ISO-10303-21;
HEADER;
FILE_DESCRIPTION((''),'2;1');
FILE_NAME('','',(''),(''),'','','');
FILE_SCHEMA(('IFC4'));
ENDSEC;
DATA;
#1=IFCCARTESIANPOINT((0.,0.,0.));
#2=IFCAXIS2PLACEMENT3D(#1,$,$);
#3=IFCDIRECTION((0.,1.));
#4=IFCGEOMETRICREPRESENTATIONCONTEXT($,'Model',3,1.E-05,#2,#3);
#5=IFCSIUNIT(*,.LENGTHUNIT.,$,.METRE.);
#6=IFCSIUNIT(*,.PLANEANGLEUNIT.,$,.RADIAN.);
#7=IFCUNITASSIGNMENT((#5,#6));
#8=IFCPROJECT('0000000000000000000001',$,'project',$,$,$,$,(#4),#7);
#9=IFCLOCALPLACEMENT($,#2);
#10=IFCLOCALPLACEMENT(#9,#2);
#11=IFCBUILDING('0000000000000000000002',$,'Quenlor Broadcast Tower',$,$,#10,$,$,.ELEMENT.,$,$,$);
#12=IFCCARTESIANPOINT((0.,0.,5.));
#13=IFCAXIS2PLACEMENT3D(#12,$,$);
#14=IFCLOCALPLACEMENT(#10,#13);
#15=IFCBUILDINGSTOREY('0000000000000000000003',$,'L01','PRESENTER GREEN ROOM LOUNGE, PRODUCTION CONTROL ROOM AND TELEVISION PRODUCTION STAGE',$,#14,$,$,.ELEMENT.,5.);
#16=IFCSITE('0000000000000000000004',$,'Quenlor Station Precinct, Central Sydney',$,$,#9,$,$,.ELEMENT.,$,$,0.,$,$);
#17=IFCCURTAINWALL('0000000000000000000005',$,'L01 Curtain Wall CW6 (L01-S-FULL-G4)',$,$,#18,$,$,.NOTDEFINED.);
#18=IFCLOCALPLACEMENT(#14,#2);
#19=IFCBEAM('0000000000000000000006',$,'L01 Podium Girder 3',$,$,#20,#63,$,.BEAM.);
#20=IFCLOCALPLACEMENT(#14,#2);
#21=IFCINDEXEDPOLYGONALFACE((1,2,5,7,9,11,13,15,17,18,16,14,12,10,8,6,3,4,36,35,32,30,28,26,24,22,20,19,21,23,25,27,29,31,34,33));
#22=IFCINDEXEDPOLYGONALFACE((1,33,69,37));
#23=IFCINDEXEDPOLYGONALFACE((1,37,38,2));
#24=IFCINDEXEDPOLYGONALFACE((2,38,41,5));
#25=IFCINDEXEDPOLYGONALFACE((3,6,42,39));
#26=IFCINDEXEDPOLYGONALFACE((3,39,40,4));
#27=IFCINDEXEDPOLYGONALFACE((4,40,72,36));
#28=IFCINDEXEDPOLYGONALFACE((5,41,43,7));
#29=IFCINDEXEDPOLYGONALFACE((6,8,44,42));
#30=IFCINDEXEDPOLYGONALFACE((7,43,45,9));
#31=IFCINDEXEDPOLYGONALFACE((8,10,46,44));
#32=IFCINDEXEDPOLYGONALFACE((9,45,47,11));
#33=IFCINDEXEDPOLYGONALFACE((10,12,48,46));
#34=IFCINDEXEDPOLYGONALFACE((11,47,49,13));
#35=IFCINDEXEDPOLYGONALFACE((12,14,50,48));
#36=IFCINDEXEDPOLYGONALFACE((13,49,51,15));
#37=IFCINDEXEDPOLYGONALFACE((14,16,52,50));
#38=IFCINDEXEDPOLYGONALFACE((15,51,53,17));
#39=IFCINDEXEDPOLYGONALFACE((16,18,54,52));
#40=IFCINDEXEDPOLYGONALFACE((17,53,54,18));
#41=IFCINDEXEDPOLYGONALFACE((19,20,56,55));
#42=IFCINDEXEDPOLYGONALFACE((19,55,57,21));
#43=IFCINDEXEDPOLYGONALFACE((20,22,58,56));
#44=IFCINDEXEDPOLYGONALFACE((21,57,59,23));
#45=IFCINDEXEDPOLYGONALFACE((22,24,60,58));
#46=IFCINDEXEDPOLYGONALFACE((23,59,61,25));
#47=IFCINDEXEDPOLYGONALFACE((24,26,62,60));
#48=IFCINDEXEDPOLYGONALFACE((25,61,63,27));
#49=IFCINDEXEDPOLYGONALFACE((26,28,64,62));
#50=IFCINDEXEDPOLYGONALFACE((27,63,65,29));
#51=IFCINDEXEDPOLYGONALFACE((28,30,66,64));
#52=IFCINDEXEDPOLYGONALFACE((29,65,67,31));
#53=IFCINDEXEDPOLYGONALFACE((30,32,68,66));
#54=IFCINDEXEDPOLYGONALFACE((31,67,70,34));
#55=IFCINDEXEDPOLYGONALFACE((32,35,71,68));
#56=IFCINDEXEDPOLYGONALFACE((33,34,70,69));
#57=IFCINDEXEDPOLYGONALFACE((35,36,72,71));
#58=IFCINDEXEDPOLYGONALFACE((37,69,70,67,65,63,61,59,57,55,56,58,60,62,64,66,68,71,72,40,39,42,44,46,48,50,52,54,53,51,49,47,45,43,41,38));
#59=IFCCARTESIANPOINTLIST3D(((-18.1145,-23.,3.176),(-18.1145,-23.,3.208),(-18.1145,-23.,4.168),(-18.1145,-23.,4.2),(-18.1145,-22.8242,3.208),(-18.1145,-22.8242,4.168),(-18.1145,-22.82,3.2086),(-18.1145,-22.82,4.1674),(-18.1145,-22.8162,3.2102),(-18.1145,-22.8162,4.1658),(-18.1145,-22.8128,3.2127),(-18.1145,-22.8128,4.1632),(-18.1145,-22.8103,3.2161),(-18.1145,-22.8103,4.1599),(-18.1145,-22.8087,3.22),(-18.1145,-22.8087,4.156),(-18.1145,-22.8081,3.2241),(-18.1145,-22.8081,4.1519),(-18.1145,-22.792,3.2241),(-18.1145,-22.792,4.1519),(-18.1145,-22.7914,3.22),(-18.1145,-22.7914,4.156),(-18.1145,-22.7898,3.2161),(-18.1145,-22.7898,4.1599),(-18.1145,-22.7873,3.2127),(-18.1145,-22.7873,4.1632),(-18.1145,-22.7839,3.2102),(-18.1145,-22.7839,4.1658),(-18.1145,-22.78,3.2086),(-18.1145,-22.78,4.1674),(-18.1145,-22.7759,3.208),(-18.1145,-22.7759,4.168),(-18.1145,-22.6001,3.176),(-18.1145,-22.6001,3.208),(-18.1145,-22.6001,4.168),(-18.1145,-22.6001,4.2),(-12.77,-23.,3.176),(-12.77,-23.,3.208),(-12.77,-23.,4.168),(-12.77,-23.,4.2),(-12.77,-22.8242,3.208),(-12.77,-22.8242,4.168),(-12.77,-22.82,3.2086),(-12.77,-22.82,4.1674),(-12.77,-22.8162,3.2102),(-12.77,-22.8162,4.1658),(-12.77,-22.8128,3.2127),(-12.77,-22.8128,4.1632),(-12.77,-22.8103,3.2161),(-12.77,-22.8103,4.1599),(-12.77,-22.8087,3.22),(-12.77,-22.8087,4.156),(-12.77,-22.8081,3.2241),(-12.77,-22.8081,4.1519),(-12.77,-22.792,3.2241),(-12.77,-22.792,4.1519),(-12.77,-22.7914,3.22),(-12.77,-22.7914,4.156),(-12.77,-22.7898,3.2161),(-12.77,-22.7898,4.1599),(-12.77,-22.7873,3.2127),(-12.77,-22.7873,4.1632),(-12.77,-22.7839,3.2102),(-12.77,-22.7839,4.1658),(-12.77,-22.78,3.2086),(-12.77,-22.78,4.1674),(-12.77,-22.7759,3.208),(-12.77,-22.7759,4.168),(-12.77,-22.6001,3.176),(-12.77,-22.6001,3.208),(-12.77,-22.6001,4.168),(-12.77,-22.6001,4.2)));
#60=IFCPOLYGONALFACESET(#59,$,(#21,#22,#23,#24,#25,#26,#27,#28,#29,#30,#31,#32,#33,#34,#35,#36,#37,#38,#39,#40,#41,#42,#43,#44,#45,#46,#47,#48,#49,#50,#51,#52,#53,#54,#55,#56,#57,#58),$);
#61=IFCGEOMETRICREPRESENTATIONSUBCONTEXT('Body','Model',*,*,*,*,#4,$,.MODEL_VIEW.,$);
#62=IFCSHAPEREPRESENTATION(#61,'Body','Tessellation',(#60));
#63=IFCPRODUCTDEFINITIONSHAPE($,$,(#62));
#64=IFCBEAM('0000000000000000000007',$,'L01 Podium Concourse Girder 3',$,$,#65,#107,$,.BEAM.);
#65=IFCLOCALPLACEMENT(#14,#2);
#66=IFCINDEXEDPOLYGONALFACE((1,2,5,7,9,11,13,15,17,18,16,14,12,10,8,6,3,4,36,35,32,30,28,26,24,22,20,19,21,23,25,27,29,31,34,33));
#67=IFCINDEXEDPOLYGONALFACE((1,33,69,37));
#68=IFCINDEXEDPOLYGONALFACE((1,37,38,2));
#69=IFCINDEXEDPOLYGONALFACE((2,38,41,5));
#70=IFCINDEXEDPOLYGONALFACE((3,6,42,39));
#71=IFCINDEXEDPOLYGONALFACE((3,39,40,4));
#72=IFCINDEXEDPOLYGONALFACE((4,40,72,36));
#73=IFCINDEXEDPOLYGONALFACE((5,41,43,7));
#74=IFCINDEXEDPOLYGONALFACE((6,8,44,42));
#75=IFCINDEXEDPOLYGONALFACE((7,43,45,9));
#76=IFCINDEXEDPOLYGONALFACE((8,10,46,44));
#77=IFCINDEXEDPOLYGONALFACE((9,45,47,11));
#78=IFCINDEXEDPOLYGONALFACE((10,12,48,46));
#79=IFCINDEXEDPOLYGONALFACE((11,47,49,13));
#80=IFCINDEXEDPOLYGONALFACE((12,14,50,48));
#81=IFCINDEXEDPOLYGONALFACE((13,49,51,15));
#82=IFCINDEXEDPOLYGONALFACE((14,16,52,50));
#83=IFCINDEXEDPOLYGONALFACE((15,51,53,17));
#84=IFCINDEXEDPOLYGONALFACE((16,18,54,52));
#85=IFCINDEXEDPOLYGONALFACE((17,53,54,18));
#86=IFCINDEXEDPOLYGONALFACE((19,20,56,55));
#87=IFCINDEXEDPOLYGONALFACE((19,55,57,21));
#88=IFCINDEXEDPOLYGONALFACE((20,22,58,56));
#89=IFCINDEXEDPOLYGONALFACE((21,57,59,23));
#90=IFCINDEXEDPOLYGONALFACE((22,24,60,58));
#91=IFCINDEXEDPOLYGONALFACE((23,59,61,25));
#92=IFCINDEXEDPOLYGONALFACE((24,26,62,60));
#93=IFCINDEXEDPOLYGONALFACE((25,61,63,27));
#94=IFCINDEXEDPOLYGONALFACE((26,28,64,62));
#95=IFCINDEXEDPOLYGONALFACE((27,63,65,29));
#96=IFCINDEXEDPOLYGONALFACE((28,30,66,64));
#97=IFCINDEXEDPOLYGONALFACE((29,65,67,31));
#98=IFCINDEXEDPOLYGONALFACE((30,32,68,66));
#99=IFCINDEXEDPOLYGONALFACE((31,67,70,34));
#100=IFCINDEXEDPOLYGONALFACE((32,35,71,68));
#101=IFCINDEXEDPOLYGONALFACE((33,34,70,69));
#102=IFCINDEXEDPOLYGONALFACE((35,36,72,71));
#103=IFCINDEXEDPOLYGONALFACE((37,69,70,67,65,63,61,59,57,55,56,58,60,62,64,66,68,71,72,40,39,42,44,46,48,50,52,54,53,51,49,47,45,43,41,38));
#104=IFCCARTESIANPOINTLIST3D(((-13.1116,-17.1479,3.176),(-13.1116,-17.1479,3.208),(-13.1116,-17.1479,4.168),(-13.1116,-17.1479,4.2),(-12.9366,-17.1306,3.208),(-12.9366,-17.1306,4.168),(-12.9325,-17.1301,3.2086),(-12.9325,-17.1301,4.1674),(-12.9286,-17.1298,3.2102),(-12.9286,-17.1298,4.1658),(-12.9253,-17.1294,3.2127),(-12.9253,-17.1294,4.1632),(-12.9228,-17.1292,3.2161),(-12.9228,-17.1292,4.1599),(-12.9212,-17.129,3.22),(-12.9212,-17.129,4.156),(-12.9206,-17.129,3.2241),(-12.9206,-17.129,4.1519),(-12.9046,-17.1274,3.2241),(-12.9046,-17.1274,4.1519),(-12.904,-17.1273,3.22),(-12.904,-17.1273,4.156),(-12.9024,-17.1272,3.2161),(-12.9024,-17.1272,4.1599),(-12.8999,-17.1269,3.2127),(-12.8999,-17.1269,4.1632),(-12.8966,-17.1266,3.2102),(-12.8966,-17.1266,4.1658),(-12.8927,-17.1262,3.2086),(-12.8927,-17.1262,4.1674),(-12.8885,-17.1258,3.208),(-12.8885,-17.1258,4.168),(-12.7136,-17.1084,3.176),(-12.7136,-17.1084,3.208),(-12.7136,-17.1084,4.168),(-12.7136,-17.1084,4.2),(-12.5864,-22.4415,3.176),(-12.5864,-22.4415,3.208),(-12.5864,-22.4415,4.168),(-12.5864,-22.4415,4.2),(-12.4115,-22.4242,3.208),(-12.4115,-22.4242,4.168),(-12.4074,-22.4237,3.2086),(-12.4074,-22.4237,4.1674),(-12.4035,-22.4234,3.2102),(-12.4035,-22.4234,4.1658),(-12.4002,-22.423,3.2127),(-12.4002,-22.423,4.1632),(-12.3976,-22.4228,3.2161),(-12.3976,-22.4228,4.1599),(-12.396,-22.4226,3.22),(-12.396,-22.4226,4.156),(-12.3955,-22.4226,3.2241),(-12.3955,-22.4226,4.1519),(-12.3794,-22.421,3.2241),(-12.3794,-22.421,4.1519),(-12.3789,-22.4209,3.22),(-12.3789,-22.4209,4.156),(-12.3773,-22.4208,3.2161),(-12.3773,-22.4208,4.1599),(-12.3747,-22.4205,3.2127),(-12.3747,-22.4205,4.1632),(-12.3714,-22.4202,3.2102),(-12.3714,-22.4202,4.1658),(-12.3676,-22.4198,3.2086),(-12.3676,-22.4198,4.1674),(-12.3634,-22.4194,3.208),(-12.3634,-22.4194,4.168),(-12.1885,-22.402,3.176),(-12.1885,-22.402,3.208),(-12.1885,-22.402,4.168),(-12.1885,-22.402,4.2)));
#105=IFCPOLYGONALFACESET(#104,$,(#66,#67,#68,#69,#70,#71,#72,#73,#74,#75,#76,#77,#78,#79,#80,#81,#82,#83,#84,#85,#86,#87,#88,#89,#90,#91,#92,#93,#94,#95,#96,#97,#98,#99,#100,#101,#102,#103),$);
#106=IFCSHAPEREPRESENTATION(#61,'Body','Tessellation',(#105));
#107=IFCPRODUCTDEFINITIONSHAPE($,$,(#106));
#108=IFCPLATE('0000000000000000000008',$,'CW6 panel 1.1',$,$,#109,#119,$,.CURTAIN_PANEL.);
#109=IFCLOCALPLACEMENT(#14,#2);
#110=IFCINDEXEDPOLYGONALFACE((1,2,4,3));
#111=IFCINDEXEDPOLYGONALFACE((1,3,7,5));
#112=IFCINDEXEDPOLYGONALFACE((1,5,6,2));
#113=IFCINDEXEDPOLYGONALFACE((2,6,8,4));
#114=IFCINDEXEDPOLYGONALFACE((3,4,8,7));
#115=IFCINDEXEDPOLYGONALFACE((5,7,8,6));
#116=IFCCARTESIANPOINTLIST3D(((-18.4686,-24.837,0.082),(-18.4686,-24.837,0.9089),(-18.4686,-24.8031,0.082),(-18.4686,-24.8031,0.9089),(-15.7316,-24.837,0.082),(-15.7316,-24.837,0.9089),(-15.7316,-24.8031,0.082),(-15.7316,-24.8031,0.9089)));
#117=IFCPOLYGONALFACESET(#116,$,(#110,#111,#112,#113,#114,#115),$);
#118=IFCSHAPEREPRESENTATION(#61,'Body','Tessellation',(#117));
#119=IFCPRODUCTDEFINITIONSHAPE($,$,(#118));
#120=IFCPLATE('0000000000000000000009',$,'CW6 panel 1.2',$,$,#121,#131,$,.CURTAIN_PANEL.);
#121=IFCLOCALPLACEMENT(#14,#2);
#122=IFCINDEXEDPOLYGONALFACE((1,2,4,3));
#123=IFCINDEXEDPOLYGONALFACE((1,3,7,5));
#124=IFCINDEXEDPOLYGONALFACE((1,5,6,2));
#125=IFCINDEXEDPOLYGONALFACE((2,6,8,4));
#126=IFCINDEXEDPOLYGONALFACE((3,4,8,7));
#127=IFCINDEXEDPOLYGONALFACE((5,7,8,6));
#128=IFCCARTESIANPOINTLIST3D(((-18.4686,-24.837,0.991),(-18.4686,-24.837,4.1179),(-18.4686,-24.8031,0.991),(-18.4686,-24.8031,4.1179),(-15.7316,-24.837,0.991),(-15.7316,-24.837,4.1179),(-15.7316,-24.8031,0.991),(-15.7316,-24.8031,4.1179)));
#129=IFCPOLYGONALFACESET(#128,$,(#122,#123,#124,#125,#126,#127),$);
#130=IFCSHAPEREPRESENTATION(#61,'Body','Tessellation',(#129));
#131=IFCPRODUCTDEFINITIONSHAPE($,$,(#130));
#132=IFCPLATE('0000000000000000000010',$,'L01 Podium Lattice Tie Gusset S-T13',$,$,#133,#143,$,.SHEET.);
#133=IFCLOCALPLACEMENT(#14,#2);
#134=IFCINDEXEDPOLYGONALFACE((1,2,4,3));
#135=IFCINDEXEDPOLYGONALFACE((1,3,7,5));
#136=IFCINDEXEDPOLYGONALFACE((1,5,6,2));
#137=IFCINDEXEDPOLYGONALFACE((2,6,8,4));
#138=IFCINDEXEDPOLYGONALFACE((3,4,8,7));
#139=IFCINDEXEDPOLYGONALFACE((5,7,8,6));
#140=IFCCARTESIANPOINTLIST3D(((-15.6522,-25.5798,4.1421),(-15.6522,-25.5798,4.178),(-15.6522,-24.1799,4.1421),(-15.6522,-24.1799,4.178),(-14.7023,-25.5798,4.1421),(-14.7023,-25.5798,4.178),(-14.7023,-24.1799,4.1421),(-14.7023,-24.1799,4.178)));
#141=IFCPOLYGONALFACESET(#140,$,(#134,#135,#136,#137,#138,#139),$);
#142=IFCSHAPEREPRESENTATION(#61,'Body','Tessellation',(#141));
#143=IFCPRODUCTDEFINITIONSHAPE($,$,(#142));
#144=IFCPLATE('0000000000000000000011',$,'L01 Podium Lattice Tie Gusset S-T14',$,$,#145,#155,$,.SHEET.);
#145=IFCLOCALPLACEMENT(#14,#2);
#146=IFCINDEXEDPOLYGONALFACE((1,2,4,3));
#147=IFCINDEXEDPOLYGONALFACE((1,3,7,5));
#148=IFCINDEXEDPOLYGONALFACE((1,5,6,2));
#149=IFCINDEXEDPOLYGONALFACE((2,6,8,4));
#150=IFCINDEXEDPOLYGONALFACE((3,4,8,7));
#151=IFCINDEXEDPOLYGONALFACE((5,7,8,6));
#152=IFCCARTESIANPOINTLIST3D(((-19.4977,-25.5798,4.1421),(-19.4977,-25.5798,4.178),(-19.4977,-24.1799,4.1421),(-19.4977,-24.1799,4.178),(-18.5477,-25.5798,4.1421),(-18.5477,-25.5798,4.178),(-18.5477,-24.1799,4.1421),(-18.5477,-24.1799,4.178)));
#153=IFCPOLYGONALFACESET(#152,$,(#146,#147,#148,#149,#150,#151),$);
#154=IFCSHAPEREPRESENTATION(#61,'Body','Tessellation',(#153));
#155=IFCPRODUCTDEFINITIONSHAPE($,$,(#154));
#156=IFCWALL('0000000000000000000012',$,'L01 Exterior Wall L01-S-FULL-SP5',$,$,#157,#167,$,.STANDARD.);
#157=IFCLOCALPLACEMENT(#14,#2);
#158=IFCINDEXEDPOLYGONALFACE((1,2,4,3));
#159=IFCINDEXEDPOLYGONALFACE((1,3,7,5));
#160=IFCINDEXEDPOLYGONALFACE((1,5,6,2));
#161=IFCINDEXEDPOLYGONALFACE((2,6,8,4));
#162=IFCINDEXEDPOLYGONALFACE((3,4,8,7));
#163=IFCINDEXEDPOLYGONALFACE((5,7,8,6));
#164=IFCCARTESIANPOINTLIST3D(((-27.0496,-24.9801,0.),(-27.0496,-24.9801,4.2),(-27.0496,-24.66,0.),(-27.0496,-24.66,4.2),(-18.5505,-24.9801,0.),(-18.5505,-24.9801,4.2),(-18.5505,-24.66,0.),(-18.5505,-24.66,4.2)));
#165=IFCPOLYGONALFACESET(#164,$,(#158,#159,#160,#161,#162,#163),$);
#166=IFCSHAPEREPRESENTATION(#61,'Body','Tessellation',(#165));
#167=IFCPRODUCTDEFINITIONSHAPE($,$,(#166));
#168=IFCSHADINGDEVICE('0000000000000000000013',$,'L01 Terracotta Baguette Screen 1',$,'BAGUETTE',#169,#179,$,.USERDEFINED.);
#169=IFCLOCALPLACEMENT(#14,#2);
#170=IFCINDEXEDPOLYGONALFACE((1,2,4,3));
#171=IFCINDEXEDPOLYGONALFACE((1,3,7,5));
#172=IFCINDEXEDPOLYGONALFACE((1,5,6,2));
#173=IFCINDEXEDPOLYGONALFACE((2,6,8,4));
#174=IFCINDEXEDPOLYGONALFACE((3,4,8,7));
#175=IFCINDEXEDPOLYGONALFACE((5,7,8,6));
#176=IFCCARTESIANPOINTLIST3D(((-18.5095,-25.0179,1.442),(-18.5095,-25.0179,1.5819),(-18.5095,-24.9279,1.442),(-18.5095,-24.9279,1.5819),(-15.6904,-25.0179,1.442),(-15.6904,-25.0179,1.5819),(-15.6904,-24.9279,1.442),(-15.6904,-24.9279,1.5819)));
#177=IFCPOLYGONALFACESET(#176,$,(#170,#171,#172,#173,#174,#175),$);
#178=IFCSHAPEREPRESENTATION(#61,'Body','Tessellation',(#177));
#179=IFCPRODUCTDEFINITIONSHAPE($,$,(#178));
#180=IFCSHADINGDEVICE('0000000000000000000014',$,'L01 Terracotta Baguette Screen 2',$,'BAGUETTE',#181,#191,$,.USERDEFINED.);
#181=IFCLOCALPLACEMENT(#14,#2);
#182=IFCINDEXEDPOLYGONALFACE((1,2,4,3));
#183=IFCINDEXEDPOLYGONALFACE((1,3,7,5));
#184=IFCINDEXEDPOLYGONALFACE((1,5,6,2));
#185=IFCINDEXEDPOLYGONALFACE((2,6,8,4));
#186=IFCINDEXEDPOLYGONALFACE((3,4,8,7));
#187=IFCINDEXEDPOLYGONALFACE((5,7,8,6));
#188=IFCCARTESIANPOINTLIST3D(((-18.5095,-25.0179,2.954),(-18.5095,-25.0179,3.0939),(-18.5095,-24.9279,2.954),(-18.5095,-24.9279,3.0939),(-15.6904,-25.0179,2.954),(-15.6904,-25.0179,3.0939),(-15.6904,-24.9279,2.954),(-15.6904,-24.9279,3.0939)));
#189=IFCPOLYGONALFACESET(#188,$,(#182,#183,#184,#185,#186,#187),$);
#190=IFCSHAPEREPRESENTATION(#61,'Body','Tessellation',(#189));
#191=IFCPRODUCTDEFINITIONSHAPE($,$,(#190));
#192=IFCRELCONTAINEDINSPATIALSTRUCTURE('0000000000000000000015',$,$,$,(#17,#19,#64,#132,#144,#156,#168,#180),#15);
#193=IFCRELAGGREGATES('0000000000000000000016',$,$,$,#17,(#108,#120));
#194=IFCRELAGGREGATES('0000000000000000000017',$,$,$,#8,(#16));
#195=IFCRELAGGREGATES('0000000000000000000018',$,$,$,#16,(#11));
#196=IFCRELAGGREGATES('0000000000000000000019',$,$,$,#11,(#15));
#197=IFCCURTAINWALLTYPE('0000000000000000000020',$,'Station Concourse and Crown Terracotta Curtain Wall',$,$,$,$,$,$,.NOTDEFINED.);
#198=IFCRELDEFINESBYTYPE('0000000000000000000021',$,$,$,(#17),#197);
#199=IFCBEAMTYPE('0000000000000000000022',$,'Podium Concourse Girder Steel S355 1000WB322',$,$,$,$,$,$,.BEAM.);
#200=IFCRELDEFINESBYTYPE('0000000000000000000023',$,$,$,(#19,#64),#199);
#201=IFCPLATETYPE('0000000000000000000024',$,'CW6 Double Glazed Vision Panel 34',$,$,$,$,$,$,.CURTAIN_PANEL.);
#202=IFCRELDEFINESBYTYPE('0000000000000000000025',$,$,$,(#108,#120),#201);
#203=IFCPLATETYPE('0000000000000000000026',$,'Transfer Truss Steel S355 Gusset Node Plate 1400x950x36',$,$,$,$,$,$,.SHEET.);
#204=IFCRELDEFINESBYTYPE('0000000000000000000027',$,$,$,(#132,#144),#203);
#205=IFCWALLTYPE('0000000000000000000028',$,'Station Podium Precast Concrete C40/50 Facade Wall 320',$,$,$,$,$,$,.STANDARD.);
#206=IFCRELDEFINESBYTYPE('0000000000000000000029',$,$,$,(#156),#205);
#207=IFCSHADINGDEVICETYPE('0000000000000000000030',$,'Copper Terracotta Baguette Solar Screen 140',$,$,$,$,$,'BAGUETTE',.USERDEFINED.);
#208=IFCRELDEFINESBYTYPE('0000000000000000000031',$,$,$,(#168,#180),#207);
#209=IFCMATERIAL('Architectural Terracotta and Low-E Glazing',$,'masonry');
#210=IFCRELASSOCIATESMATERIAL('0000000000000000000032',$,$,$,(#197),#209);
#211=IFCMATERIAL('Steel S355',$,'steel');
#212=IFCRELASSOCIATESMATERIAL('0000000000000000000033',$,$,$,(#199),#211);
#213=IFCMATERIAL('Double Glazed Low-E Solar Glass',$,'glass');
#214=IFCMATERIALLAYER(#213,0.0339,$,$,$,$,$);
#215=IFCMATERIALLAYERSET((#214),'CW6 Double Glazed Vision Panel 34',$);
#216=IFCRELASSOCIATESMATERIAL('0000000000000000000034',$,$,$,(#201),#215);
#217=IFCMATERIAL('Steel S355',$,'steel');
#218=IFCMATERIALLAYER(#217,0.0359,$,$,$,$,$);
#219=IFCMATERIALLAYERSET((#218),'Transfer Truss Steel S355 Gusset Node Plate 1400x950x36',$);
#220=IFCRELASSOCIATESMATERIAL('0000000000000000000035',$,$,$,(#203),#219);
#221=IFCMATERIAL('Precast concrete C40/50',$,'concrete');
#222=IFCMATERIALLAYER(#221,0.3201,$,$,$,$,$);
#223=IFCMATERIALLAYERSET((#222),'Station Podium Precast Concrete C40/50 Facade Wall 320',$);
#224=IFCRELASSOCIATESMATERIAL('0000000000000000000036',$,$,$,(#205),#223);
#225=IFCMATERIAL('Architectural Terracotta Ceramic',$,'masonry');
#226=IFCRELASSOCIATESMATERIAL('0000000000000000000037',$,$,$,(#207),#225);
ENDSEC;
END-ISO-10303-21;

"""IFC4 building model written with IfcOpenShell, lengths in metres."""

from ifc_helpers import new_model, si_unit, direction, frame, frame_2d, origin, origin_2d, place, context, subcontext, project, spatial, rectangle, i_section, extrude, material, layer, layer_set, material_profile, profile_set, type_object, element, aggregate, save


model = new_model("IFC4")

# Units and contexts
model_context = context("Model", 3, precision=1e-05, world=origin(), true_north=direction((0.0, 1.0)))
body_context = subcontext(model_context, "Body", "Model", "MODEL_VIEW")
ifc_project = project(units=[si_unit("LENGTHUNIT", "METRE"), si_unit("PLANEANGLEUNIT", "RADIAN")], contexts=[model_context])

# Site, building, storey
site_placement = place(None, origin())
site = spatial("IfcSite", under=ifc_project, at=site_placement, Name="Quenlor Station Precinct, Central Sydney", CompositionType="ELEMENT", RefElevation=0.0)
building_placement = place(site_placement, origin())
building = spatial("IfcBuilding", under=site, at=building_placement, Name="Quenlor Broadcast Tower", CompositionType="ELEMENT")
storey_placement = place(building_placement, frame((0.0, 0.0, 5.0)))
storey = spatial("IfcBuildingStorey", under=building, at=storey_placement, Name="L01", Description="PRESENTER GREEN ROOM LOUNGE, PRODUCTION CONTROL ROOM AND TELEVISION PRODUCTION STAGE", CompositionType="ELEMENT", Elevation=5.0)

# Curtain wall
ifc_material_1 = material(Name="Architectural Terracotta and Low-E Glazing", Category="masonry")
curtain_wall_type = type_object("IfcCurtainWallType", Name="Station Concourse and Crown Terracotta Curtain Wall", PredefinedType="NOTDEFINED", material=ifc_material_1)
curtain_wall_placement = place(storey_placement, origin())
curtain_wall = element("IfcCurtainWall", 1, at=curtain_wall_placement, inside=storey, type_object=curtain_wall_type, Name="L01 Curtain Wall CW6 (L01-S-FULL-G4)", PredefinedType="NOTDEFINED")

# Beams
ifc_material_2 = material(Name="Steel S355", Category="steel")
ifc_material_profile_1 = material_profile(ifc_material_2, i_section(OverallWidth=0.3999, OverallDepth=1.0239, WebThickness=0.0161, FlangeThickness=0.032, FilletRadius=0.0161, at=origin_2d()))
ifc_profile_set_1 = profile_set([ifc_material_profile_1], Name="Steel S355 1000WB322")
beam_type = type_object("IfcBeamType", Name="Podium Concourse Girder Steel S355 1000WB322", PredefinedType="BEAM", material=ifc_profile_set_1)
beam_1_placement = place(storey_placement, frame((-18.1145, -22.8, 3.688), z_axis=(1.0, 0.0, 0.0), x_axis=(0.0, 1.0, 0.0)))
element("IfcBeam", 2, at=beam_1_placement, inside=storey, type_object=beam_type, Name="L01 Podium Girder 3", PredefinedType="BEAM", context=body_context, shape_type="SweptSolid", body=[
    extrude(i_section(OverallWidth=0.3999, OverallDepth=1.0239, WebThickness=0.0161, FlangeThickness=0.032, FilletRadius=0.0161, at=origin_2d()), origin(), (0.0, 0.0, 1.0), 5.3445),
])
beam_2_placement = place(storey_placement, frame((-12.9126, -17.1282, 3.688), z_axis=(0.098718, -0.995115, 0.0), x_axis=(0.995115, 0.098718, 0.0)))
element("IfcBeam", 3, at=beam_2_placement, inside=storey, type_object=beam_type, Name="L01 Podium Concourse Girder 3", PredefinedType="BEAM", context=body_context, shape_type="SweptSolid", body=[
    extrude(i_section(OverallWidth=0.3999, OverallDepth=1.0239, WebThickness=0.0161, FlangeThickness=0.032, FilletRadius=0.0161, at=origin_2d()), origin(), (0.0, 0.0, 1.0), 5.3196),
])

# Plates
ifc_material_3 = material(Name="Double Glazed Low-E Solar Glass", Category="glass")
ifc_layer_1 = layer(ifc_material_3, 0.0339)
ifc_layer_set_1 = layer_set([ifc_layer_1], Name="CW6 Double Glazed Vision Panel 34")
plate_type_1 = type_object("IfcPlateType", Name="CW6 Double Glazed Vision Panel 34", PredefinedType="CURTAIN_PANEL", material=ifc_layer_set_1)
plate_1_placement = place(storey_placement, frame((-17.1001, -24.8201, 0.082), z_axis=(0.0, 0.0, 1.0), x_axis=(-1.0, 0.0, 0.0)))
plate_1 = element("IfcPlate", 4, at=plate_1_placement, type_object=plate_type_1, Name="CW6 panel 1.1", PredefinedType="CURTAIN_PANEL", context=body_context, shape_type="SweptSolid", body=[
    extrude(rectangle(XDim=2.7371, YDim=0.0339, at=origin_2d()), origin(), (0.0, 0.0, 1.0), 0.8269),
])
plate_2_placement = place(storey_placement, frame((-17.1001, -24.8201, 0.991), z_axis=(0.0, 0.0, 1.0), x_axis=(-1.0, 0.0, 0.0)))
plate_2 = element("IfcPlate", 5, at=plate_2_placement, type_object=plate_type_1, Name="CW6 panel 1.2", PredefinedType="CURTAIN_PANEL", context=body_context, shape_type="SweptSolid", body=[
    extrude(rectangle(XDim=2.7371, YDim=0.0339, at=origin_2d()), origin(), (0.0, 0.0, 1.0), 3.127),
])
aggregate(curtain_wall, [plate_1, plate_2])

# Plates
ifc_material_4 = material(Name="Steel S355", Category="steel")
ifc_layer_2 = layer(ifc_material_4, 0.0359)
ifc_layer_set_2 = layer_set([ifc_layer_2], Name="Transfer Truss Steel S355 Gusset Node Plate 1400x950x36")
plate_type_2 = type_object("IfcPlateType", Name="Transfer Truss Steel S355 Gusset Node Plate 1400x950x36", PredefinedType="SHEET", material=ifc_layer_set_2)
for number, where, z_axis, x_axis, name in (
    (6, (-15.1772, -24.8799, 4.1421), (0.0, 0.0, 1.0), (0.0, -1.0, 0.0), "L01 Podium Lattice Tie Gusset S-T13"),
    (7, (-19.0227, -24.8799, 4.1421), (0.0, 0.0, 1.0), (0.0, -1.0, 0.0), "L01 Podium Lattice Tie Gusset S-T14"),
):
    element("IfcPlate", number, at=place(storey_placement, frame(where, z_axis=z_axis, x_axis=x_axis)), inside=storey, type_object=plate_type_2, Name=name, PredefinedType="SHEET", context=body_context, shape_type="SweptSolid", body=[
        extrude(rectangle(XDim=1.3999, YDim=0.95, at=origin_2d()), origin(), (0.0, 0.0, 1.0), 0.0359),
    ])

# Wall
ifc_material_5 = material(Name="Precast concrete C40/50", Category="concrete")
ifc_layer_3 = layer(ifc_material_5, 0.3201)
ifc_layer_set_3 = layer_set([ifc_layer_3], Name="Station Podium Precast Concrete C40/50 Facade Wall 320")
wall_type = type_object("IfcWallType", Name="Station Podium Precast Concrete C40/50 Facade Wall 320", PredefinedType="STANDARD", material=ifc_layer_set_3)
wall_placement = place(storey_placement, frame((-18.5505, -24.8201, 0.0), z_axis=(0.0, 0.0, 1.0), x_axis=(-1.0, 0.0, 0.0)))
element("IfcWall", 8, at=wall_placement, inside=storey, type_object=wall_type, Name="L01 Exterior Wall L01-S-FULL-SP5", PredefinedType="STANDARD", context=body_context, shape_type="SweptSolid", body=[
    extrude(rectangle(XDim=8.499, YDim=0.3201, at=frame_2d((4.2495, 0.0))), origin(), (0.0, 0.0, 1.0), 4.2),
])

# Shading devices
ifc_material_6 = material(Name="Architectural Terracotta Ceramic", Category="masonry")
ifc_material_profile_2 = material_profile(ifc_material_6, rectangle(XDim=0.0901, YDim=0.1399, at=origin_2d()))
ifc_profile_set_2 = profile_set([ifc_material_profile_2], Name="Architectural Terracotta Ceramic BAG90x140")
shading_device_type = type_object("IfcShadingDeviceType", Name="Copper Terracotta Baguette Solar Screen 140", ElementType="BAGUETTE", PredefinedType="USERDEFINED", material=ifc_profile_set_2)
for number, where, z_axis, x_axis, name in (
    (9, (-15.6904, -24.9729, 1.512), (-1.0, 0.0, 0.0), (0.0, -1.0, 0.0), "L01 Terracotta Baguette Screen 1"),
    (10, (-15.6904, -24.9729, 3.0239), (-1.0, 0.0, 0.0), (0.0, -1.0, 0.0), "L01 Terracotta Baguette Screen 2"),
):
    element("IfcShadingDevice", number, at=place(storey_placement, frame(where, z_axis=z_axis, x_axis=x_axis)), inside=storey, type_object=shading_device_type, Name=name, ObjectType="BAGUETTE", PredefinedType="USERDEFINED", context=body_context, shape_type="SweptSolid", body=[
        extrude(rectangle(XDim=0.0901, YDim=0.1399, at=origin_2d()), origin(), (0.0, 0.0, 1.0), 2.8191),
    ])

save(model, "model.ifc")
